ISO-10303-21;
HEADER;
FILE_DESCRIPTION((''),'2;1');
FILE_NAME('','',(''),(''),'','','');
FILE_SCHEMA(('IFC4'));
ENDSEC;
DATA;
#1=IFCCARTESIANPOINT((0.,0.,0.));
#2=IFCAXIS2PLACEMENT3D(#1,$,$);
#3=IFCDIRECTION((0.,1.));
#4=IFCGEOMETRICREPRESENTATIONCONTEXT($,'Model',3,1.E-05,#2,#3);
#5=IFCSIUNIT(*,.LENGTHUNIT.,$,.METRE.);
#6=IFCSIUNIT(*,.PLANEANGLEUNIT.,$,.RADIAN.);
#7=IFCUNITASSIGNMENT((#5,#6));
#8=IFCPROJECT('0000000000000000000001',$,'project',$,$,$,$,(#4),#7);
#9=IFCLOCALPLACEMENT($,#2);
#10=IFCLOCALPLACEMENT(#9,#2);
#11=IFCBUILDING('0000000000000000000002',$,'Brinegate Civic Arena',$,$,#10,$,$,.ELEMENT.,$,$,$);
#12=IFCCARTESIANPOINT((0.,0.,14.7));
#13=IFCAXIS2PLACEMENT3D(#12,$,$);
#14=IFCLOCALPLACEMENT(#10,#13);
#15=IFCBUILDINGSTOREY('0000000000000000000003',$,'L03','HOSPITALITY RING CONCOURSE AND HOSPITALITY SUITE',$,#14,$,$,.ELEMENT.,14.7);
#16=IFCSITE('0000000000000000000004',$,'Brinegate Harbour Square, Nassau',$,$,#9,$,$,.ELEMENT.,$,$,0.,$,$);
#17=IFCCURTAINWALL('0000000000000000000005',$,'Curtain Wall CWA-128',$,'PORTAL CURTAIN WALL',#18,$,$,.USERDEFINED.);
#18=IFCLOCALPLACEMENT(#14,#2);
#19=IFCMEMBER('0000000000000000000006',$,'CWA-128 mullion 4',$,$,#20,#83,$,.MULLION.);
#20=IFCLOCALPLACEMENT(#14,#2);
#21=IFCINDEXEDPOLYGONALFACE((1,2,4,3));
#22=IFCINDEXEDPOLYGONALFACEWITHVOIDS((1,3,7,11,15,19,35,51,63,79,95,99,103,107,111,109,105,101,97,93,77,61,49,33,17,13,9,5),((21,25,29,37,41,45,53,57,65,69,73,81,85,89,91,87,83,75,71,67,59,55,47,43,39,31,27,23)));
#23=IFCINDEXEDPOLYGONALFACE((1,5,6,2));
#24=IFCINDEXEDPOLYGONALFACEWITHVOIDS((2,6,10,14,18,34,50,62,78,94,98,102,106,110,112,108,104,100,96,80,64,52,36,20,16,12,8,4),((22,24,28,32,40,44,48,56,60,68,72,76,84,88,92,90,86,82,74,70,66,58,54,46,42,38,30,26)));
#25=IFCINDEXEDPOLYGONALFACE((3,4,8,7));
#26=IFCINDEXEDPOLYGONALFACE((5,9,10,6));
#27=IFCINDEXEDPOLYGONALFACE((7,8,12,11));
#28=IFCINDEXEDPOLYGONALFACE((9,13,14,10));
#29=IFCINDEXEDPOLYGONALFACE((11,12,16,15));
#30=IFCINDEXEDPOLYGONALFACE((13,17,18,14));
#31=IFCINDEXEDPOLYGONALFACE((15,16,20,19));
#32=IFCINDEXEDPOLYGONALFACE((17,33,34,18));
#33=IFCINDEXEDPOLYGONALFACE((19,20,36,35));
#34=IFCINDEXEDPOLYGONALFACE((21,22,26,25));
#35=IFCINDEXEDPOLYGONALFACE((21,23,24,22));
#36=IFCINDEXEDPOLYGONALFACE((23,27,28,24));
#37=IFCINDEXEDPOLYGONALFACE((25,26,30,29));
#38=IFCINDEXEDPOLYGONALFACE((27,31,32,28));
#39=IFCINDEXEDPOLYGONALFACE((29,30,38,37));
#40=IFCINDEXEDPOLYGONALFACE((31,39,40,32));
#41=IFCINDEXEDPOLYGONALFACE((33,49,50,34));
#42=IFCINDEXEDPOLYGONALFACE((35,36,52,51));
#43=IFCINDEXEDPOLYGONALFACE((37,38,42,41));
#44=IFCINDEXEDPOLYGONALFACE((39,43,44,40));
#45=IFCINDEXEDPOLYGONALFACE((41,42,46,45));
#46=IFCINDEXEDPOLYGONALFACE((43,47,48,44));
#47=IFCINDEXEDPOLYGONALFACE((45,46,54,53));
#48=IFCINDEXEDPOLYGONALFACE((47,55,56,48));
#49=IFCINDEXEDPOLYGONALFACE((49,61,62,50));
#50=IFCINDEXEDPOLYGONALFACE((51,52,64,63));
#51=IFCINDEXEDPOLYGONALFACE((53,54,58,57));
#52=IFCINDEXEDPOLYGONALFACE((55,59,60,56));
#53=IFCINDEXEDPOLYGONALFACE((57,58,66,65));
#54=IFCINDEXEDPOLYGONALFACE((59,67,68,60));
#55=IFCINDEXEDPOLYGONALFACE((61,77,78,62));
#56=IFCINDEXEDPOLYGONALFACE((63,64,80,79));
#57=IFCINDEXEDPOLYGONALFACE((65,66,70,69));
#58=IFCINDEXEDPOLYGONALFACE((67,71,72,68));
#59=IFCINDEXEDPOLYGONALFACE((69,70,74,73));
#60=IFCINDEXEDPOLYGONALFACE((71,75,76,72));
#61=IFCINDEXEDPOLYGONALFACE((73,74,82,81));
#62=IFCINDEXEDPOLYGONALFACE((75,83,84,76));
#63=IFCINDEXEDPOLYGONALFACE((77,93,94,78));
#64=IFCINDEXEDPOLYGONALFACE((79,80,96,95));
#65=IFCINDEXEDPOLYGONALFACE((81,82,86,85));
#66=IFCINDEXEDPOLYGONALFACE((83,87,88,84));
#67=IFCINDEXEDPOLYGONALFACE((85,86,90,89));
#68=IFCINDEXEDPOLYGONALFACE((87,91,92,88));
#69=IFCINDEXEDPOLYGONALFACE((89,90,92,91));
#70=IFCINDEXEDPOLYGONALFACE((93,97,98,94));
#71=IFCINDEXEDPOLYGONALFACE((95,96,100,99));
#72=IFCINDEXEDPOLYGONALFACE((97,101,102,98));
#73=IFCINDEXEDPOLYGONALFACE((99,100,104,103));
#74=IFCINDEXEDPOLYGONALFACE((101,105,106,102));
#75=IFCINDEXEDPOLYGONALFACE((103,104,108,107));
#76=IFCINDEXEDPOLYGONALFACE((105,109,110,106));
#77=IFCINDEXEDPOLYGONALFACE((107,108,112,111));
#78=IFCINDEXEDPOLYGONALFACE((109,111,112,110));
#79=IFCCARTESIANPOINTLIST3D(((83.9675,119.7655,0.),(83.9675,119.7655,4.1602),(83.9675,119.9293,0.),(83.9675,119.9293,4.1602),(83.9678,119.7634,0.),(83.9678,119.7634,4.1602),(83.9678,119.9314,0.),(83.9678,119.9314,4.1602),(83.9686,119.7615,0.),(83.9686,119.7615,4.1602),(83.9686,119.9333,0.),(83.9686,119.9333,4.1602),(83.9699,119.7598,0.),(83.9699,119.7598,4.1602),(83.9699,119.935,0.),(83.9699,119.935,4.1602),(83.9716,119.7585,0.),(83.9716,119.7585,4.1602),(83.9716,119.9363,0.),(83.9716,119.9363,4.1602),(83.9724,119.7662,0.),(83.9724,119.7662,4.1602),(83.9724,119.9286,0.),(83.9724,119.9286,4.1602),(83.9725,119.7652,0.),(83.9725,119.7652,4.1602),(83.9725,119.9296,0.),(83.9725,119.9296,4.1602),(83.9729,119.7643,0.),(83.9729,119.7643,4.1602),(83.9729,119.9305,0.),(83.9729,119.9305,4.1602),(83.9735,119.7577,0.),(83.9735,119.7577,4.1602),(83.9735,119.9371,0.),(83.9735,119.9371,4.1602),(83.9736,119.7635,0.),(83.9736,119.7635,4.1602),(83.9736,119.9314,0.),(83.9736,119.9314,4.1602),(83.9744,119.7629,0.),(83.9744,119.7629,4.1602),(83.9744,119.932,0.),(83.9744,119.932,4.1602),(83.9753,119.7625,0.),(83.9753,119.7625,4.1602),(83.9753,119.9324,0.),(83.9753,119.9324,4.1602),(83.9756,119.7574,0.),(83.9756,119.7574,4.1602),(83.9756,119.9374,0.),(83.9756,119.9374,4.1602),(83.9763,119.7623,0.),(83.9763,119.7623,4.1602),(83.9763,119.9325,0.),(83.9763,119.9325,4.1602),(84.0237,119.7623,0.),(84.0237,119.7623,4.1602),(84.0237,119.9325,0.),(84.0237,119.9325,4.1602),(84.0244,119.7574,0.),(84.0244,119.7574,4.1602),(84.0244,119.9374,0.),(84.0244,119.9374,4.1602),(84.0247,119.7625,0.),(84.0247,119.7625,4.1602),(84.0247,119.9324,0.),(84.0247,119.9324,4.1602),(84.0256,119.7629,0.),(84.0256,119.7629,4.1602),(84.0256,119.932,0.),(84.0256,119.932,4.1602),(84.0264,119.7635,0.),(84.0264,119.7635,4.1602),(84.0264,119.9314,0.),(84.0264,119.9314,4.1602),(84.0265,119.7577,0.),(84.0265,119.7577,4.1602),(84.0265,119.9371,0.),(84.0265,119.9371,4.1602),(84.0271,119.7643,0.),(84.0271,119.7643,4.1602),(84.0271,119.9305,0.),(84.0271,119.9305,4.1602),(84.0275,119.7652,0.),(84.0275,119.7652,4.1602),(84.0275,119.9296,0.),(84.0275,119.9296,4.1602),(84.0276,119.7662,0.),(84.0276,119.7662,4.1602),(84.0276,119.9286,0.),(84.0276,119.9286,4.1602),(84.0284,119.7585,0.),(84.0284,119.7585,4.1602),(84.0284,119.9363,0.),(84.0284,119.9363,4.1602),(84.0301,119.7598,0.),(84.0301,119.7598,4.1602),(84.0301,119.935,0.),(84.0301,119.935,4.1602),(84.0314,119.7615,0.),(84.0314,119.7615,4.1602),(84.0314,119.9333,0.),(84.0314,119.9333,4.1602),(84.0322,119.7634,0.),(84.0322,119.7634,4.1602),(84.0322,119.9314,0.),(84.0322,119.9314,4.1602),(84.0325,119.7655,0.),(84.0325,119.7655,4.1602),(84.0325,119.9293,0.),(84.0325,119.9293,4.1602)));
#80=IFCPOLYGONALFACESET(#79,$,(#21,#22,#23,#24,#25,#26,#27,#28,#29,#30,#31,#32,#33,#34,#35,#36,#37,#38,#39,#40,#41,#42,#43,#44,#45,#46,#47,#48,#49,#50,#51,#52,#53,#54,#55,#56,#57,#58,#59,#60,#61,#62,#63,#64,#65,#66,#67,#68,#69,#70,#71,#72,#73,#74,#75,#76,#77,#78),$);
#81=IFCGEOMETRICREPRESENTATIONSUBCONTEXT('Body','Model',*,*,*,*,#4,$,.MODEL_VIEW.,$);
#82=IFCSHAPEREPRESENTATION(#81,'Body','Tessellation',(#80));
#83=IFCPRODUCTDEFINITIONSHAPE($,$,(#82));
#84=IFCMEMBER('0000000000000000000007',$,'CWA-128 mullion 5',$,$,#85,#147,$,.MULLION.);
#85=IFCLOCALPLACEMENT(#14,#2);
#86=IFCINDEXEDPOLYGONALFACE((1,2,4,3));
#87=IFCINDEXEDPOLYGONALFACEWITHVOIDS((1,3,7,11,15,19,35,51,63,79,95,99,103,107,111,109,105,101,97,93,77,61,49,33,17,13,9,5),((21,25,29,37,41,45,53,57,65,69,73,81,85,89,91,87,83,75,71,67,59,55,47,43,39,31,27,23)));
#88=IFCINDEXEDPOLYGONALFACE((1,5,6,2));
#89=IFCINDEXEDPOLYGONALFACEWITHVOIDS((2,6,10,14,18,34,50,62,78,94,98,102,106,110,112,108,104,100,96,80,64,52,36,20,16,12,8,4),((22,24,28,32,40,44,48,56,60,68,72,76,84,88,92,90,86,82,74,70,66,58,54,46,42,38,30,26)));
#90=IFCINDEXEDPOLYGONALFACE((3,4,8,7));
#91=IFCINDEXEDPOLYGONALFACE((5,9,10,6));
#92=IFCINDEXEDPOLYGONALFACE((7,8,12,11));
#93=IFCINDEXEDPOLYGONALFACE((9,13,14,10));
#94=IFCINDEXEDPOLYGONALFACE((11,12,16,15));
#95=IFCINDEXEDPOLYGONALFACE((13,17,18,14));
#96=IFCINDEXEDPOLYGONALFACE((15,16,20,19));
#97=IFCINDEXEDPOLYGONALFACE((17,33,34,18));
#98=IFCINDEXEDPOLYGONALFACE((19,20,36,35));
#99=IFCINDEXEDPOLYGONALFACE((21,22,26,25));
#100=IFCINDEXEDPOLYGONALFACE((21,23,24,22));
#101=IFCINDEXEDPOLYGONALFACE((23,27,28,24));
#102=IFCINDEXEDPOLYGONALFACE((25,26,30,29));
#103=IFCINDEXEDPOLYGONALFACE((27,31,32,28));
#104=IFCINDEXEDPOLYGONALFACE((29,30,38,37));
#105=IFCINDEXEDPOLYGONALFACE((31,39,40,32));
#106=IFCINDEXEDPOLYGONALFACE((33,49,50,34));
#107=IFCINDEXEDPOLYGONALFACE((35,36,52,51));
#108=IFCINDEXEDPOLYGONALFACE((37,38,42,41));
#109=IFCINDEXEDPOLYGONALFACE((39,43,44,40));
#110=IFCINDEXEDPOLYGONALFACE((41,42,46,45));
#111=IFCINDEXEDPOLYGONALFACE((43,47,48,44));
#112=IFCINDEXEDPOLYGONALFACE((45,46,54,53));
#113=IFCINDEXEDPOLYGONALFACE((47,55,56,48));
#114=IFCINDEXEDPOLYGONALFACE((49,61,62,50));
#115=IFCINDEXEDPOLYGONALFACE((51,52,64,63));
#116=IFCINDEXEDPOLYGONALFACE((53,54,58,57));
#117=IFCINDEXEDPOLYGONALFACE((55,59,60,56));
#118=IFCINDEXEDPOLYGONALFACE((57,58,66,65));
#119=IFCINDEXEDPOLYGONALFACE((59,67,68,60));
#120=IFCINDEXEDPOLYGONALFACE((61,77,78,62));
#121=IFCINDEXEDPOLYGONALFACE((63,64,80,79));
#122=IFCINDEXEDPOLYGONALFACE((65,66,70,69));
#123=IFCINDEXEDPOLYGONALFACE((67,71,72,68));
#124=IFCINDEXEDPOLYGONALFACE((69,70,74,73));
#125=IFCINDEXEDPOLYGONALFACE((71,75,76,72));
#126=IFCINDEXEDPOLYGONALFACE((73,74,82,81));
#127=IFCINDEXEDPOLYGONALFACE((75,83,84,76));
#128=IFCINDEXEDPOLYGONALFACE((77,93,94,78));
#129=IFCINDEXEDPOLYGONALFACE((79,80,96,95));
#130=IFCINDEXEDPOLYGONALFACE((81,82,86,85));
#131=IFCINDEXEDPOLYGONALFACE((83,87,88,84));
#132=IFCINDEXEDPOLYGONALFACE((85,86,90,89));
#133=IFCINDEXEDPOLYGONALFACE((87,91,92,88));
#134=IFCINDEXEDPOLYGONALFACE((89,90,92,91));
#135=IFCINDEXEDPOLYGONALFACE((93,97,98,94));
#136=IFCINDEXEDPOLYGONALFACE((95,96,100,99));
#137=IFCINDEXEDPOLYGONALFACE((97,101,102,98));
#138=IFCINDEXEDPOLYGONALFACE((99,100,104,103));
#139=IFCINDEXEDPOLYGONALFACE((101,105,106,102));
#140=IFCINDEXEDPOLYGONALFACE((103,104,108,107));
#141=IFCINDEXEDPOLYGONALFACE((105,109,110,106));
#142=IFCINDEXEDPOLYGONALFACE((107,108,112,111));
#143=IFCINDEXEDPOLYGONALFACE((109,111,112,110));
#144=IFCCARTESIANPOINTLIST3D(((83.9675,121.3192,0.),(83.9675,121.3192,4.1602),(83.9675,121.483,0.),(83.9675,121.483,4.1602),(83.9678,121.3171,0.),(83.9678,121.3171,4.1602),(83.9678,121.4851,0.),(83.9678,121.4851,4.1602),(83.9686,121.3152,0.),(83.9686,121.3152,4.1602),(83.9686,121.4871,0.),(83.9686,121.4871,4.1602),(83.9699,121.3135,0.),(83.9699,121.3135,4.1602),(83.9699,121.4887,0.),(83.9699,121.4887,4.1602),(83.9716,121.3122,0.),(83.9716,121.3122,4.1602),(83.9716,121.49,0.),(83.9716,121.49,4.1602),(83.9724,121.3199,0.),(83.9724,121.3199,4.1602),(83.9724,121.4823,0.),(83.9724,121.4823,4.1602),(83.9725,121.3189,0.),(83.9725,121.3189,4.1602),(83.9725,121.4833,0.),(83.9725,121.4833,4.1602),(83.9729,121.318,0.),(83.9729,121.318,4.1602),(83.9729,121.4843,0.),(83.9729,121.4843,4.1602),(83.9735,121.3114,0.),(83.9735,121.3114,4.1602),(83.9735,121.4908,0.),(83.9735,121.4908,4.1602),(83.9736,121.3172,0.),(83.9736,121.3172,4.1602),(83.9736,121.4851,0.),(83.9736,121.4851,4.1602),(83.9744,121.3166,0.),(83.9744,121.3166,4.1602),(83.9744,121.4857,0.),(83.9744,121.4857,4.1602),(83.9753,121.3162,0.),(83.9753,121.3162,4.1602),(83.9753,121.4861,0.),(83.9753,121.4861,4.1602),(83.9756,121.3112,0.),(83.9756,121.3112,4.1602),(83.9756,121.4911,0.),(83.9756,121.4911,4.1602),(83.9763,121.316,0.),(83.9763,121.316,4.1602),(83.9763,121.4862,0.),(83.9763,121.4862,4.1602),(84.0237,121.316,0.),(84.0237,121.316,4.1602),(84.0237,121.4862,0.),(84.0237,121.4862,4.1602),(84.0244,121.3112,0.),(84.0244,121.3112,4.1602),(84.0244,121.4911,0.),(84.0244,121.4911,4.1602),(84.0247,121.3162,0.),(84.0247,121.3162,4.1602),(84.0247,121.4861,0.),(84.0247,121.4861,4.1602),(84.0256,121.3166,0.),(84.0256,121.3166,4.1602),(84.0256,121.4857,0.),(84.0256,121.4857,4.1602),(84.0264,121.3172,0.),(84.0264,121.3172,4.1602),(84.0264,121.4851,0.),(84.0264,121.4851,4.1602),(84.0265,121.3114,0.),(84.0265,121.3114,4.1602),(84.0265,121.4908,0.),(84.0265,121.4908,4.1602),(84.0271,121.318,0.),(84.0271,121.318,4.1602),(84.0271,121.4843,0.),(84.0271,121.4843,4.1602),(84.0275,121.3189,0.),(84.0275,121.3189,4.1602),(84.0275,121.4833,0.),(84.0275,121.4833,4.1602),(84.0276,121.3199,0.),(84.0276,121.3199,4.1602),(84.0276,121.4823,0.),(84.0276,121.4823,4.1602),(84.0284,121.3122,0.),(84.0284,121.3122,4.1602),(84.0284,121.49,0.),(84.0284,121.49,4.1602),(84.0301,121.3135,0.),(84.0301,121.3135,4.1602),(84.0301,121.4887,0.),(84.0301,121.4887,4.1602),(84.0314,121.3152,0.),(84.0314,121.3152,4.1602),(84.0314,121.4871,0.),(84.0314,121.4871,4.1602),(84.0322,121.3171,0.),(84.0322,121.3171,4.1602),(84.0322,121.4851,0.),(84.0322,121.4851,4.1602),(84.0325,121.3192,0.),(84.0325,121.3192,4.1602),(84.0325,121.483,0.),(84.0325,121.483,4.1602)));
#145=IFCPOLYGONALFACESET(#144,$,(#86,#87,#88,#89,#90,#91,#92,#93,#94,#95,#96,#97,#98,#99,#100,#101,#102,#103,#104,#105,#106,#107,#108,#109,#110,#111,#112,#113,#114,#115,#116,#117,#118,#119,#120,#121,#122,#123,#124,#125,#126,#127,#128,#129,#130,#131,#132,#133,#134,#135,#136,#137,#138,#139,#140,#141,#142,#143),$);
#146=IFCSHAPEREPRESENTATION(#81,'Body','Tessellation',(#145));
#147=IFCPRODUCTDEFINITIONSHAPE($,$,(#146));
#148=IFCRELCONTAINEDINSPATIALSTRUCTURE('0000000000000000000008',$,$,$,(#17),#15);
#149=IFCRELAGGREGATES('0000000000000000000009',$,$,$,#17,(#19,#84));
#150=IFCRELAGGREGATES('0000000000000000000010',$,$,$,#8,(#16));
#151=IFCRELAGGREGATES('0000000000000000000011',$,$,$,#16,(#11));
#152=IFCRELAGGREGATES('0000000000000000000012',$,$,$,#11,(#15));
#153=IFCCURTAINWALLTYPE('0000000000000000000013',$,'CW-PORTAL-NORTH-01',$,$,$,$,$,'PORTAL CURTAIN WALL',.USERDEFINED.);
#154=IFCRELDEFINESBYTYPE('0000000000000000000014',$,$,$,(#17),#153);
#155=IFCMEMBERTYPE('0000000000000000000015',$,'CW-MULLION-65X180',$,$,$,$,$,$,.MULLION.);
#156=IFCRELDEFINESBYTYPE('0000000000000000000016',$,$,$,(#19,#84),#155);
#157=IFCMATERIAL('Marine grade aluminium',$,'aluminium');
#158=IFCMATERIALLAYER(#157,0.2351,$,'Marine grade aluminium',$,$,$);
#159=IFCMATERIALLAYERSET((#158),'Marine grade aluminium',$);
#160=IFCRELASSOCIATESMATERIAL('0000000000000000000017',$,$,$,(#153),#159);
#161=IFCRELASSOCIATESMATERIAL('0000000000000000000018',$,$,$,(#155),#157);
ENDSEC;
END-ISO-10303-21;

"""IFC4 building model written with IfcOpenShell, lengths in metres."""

from ifc_helpers import new_model, si_unit, direction, frame, origin, origin_2d, place, context, subcontext, project, spatial, hollow_rectangle, extrude, material, layer, layer_set, material_profile, profile_set, type_object, element, aggregate, save


model = new_model("IFC4")

# Units and contexts
model_context = context("Model", 3, precision=1e-05, world=origin(), true_north=direction((0.0, 1.0)))
body_context = subcontext(model_context, "Body", "Model", "MODEL_VIEW")
ifc_project = project(units=[si_unit("LENGTHUNIT", "METRE"), si_unit("PLANEANGLEUNIT", "RADIAN")], contexts=[model_context])

# Site, building, storey
site_placement = place(None, origin())
site = spatial("IfcSite", under=ifc_project, at=site_placement, Name="Brinegate Harbour Square, Nassau", CompositionType="ELEMENT", RefElevation=0.0)
building_placement = place(site_placement, origin())
building = spatial("IfcBuilding", under=site, at=building_placement, Name="Brinegate Civic Arena", CompositionType="ELEMENT")
storey_placement = place(building_placement, frame((0.0, 0.0, 14.7)))
storey = spatial("IfcBuildingStorey", under=building, at=storey_placement, Name="L03", Description="HOSPITALITY RING CONCOURSE AND HOSPITALITY SUITE", CompositionType="ELEMENT", Elevation=14.7)

# Curtain wall, members
ifc_material_1 = material(Name="Marine grade aluminium", Category="aluminium")
ifc_layer_1 = layer(ifc_material_1, 0.2351, Name="Marine grade aluminium")
ifc_layer_set_1 = layer_set([ifc_layer_1], Name="Marine grade aluminium")
curtain_wall_type = type_object("IfcCurtainWallType", Name="CW-PORTAL-NORTH-01", ElementType="PORTAL CURTAIN WALL", PredefinedType="USERDEFINED", material=ifc_layer_set_1)
curtain_wall_placement = place(storey_placement, origin())
curtain_wall = element("IfcCurtainWall", 1, at=curtain_wall_placement, inside=storey, type_object=curtain_wall_type, Name="Curtain Wall CWA-128", ObjectType="PORTAL CURTAIN WALL", PredefinedType="USERDEFINED")
ifc_material_profile_1 = material_profile(ifc_material_1, hollow_rectangle(XDim=0.0649, YDim=0.1799, WallThickness=0.0049, InnerFilletRadius=0.0039, OuterFilletRadius=0.0081, at=origin_2d()), Name="MUL65X180")
ifc_profile_set_1 = profile_set([ifc_material_profile_1], Name="Marine grade aluminium")
member_type_1 = type_object("IfcMemberType", Name="CW-MULLION-65X180", PredefinedType="MULLION", material=ifc_profile_set_1)
member_1_placement = place(storey_placement, frame((84.0, 119.8474, 0.0), z_axis=(0.0, 0.0, 1.0), x_axis=(-1.0, 0.0, 0.0)))
member_1 = element("IfcMember", 2, at=member_1_placement, type_object=member_type_1, Name="CWA-128 mullion 4", PredefinedType="MULLION", context=body_context, shape_type="SweptSolid", body=[
    extrude(hollow_rectangle(XDim=0.0649, YDim=0.1799, WallThickness=0.0049, InnerFilletRadius=0.0039, OuterFilletRadius=0.0081, at=origin_2d()), origin(), (0.0, 0.0, 1.0), 4.1602),
])
member_2_placement = place(storey_placement, frame((84.0, 121.4011, 0.0), z_axis=(0.0, 0.0, 1.0), x_axis=(-1.0, 0.0, 0.0)))
member_2 = element("IfcMember", 3, at=member_2_placement, type_object=member_type_1, Name="CWA-128 mullion 5", PredefinedType="MULLION", context=body_context, shape_type="SweptSolid", body=[
    extrude(hollow_rectangle(XDim=0.0649, YDim=0.1799, WallThickness=0.0049, InnerFilletRadius=0.0039, OuterFilletRadius=0.0081, at=origin_2d()), origin(), (0.0, 0.0, 1.0), 4.1602),
])

aggregate(curtain_wall, [member_1, member_2])

save(model, "model.ifc")
